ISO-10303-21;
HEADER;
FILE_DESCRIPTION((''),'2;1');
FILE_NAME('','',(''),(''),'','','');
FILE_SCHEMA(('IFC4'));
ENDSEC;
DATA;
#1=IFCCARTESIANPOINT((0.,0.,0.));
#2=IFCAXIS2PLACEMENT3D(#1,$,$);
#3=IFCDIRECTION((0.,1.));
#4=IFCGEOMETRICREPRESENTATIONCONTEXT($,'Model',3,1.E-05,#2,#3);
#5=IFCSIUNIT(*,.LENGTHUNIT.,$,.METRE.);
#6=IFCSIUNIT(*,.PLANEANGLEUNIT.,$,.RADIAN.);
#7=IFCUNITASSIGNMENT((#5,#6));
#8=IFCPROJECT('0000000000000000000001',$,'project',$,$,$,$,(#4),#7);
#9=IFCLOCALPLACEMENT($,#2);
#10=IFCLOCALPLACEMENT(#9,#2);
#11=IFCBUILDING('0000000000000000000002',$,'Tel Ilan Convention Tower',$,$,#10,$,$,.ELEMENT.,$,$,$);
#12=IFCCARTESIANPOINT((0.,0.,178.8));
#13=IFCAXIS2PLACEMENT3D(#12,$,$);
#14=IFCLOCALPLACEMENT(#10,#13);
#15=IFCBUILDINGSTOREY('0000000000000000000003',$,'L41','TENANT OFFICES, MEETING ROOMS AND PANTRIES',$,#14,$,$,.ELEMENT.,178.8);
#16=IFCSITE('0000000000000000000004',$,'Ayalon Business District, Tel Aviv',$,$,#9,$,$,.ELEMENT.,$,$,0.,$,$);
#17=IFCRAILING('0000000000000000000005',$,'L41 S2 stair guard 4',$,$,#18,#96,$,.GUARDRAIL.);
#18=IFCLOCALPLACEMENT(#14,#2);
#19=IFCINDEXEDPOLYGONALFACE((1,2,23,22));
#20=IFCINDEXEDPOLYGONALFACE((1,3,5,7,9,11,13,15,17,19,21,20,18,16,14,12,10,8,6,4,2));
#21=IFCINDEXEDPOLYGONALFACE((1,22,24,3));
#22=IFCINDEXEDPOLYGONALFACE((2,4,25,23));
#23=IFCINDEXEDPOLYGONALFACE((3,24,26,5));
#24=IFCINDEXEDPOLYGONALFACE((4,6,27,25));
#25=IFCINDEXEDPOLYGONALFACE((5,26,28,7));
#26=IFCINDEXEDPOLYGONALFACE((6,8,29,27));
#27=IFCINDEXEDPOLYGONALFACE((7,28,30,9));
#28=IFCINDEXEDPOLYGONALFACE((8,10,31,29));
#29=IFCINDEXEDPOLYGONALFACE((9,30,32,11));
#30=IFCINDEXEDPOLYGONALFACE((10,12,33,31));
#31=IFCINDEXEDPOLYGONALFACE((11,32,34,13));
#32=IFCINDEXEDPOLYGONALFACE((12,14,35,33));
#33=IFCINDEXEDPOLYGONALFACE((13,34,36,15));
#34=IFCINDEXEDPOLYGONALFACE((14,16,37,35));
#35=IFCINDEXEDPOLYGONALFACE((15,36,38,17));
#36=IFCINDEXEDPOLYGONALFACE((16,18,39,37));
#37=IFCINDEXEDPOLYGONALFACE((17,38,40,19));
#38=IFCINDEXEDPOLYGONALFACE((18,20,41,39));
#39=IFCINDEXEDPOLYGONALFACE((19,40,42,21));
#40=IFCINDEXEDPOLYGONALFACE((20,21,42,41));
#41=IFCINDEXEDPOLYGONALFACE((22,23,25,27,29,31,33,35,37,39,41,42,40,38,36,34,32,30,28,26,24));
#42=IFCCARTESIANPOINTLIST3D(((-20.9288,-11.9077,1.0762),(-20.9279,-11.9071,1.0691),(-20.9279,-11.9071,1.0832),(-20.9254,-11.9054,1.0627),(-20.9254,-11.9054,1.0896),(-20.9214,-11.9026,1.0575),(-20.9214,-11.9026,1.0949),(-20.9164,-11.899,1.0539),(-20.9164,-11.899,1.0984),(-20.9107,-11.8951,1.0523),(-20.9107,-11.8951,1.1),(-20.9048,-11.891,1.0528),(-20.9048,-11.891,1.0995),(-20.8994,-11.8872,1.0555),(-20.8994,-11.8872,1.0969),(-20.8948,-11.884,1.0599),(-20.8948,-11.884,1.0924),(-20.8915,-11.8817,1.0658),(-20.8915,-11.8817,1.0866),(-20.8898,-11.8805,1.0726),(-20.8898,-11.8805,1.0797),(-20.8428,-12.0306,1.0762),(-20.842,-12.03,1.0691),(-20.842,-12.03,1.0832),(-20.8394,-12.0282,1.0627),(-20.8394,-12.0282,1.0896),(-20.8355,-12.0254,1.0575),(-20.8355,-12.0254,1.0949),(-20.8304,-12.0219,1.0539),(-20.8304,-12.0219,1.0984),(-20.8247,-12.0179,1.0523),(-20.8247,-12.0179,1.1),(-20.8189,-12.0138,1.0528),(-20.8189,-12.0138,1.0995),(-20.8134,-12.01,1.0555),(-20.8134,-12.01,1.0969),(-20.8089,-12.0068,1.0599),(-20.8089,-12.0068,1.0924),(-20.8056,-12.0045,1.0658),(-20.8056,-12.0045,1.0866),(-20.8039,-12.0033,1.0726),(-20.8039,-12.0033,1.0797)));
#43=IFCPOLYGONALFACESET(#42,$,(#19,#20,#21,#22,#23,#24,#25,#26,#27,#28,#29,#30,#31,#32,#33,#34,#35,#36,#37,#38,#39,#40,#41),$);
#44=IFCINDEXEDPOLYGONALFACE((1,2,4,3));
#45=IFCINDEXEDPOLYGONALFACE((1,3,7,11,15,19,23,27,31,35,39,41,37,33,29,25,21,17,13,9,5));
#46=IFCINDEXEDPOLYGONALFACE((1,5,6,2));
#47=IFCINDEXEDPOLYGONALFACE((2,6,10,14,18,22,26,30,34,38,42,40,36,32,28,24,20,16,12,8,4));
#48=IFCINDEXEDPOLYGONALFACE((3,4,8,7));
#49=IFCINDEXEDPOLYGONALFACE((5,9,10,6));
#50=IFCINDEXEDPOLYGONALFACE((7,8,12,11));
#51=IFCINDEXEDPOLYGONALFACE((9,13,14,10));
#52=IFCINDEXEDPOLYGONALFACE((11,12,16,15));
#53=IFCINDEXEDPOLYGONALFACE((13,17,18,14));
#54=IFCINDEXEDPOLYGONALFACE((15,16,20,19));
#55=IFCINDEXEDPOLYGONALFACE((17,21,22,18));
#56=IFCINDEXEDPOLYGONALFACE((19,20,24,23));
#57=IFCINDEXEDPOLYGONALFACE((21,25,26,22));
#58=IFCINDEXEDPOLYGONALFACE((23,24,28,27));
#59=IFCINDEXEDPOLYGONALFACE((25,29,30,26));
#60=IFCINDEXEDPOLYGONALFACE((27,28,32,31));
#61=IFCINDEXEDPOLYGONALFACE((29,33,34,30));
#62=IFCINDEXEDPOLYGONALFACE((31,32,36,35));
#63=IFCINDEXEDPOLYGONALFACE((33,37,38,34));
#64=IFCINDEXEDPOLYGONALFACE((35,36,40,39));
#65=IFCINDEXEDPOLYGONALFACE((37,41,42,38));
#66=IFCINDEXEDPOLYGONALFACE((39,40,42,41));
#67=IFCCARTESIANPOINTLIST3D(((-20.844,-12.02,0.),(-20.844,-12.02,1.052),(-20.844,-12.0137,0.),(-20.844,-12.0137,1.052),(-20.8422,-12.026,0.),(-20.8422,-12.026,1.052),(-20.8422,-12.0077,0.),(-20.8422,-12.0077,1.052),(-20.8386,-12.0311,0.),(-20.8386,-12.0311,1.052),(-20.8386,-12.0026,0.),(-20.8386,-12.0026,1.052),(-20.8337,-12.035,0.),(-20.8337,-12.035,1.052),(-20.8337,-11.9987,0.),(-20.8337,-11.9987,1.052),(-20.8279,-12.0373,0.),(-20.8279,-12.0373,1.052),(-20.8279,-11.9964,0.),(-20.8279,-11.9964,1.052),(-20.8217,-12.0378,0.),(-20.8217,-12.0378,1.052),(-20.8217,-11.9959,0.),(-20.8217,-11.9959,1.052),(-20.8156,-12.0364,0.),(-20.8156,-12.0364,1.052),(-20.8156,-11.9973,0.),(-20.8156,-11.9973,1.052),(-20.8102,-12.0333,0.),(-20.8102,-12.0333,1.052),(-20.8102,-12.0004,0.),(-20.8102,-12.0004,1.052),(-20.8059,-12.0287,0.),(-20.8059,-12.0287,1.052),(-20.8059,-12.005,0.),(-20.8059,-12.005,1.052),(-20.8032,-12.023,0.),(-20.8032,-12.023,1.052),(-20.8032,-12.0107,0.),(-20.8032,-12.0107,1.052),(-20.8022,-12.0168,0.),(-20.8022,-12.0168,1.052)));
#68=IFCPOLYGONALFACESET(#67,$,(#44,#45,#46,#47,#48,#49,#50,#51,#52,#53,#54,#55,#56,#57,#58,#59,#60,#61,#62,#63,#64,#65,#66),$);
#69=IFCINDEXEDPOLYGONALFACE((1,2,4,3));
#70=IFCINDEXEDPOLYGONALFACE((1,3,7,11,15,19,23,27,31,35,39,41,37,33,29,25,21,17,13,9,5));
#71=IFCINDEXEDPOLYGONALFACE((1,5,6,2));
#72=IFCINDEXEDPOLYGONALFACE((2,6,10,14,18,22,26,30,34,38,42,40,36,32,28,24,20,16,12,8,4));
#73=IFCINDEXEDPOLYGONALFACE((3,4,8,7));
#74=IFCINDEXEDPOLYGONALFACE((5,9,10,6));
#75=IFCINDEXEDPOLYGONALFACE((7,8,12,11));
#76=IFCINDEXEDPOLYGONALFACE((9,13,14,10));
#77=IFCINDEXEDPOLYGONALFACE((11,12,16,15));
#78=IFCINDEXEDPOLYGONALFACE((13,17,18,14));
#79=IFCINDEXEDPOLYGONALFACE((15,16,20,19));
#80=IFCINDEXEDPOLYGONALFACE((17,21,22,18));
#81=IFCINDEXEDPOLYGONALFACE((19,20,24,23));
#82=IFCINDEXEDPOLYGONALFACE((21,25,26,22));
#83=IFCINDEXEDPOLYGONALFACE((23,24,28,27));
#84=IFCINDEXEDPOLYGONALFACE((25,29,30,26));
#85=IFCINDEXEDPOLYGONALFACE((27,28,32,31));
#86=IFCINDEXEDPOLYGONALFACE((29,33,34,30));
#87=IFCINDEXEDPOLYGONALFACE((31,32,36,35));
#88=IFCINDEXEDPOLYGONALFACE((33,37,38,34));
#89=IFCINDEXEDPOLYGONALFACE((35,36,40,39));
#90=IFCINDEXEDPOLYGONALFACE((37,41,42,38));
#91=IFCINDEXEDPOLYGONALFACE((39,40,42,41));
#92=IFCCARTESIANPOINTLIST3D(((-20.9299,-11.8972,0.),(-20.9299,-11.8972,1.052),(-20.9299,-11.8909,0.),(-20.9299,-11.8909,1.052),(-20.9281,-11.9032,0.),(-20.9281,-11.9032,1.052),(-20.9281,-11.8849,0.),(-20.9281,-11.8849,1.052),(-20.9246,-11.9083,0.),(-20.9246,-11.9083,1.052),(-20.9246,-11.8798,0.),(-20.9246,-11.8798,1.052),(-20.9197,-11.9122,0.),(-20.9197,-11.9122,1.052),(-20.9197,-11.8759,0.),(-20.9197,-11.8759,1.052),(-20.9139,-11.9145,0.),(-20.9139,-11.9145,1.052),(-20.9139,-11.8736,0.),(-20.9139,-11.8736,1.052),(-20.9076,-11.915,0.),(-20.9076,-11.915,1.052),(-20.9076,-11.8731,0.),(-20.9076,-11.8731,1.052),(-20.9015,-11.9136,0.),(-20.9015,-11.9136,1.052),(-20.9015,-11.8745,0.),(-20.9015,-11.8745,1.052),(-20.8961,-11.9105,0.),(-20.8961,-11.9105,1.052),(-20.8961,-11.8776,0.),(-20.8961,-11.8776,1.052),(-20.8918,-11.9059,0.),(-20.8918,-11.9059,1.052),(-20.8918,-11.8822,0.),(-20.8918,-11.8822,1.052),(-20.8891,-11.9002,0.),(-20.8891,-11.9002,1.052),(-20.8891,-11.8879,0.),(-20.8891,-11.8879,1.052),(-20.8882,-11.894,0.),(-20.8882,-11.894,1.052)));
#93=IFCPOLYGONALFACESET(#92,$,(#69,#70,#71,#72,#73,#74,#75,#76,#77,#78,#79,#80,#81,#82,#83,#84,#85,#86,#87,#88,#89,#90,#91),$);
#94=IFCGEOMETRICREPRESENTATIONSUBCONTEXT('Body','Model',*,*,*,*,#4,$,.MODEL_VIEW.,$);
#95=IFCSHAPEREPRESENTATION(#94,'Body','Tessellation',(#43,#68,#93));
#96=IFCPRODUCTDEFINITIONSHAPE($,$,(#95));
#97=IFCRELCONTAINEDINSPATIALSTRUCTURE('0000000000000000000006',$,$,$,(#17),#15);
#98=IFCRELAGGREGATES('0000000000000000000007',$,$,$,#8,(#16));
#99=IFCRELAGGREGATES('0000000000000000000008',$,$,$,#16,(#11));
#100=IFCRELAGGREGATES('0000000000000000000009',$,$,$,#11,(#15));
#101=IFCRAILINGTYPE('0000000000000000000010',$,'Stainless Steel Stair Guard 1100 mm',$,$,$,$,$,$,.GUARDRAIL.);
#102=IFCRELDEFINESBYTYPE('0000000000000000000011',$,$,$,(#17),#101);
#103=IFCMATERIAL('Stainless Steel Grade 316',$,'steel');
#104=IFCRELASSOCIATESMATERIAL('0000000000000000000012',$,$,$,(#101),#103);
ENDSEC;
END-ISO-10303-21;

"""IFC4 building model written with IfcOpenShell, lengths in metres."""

from ifc_helpers import new_model, si_unit, direction, frame, origin, origin_2d, place, context, subcontext, project, spatial, circle, extrude, material, type_object, element, save


model = new_model("IFC4")

# Units and contexts
model_context = context("Model", 3, precision=1e-05, world=origin(), true_north=direction((0.0, 1.0)))
body_context = subcontext(model_context, "Body", "Model", "MODEL_VIEW")
ifc_project = project(units=[si_unit("LENGTHUNIT", "METRE"), si_unit("PLANEANGLEUNIT", "RADIAN")], contexts=[model_context])

# Site, building, storey
site_placement = place(None, origin())
site = spatial("IfcSite", under=ifc_project, at=site_placement, Name="Ayalon Business District, Tel Aviv", CompositionType="ELEMENT", RefElevation=0.0)
building_placement = place(site_placement, origin())
building = spatial("IfcBuilding", under=site, at=building_placement, Name="Tel Ilan Convention Tower", CompositionType="ELEMENT")
storey_placement = place(building_placement, frame((0.0, 0.0, 178.8)))
storey = spatial("IfcBuildingStorey", under=building, at=storey_placement, Name="L41", Description="TENANT OFFICES, MEETING ROOMS AND PANTRIES", CompositionType="ELEMENT", Elevation=178.8)

# Railing
ifc_material_1 = material(Name="Stainless Steel Grade 316", Category="steel")
railing_type_1 = type_object("IfcRailingType", Name="Stainless Steel Stair Guard 1100 mm", PredefinedType="GUARDRAIL", material=ifc_material_1)
railing_1_placement = place(storey_placement, frame((-20.8232, -12.0168, 0.0)))
element("IfcRailing", 1, at=railing_1_placement, inside=storey, type_object=railing_type_1, Name="L41 S2 stair guard 4", PredefinedType="GUARDRAIL", context=body_context, shape_type="SweptSolid", body=[
    extrude(circle(Radius=0.0239, at=origin_2d()), frame((0.0, 0.0, 1.0762), z_axis=(-0.573353, 0.819308, 0.0), x_axis=(-0.819308, -0.573353, 0.0)), (0.0, 0.0, 1.0), 0.1499),
    extrude(circle(Radius=0.021, at=origin_2d()), origin(), (0.0, 0.0, 1.0), 1.052),
    extrude(circle(Radius=0.021, at=origin_2d()), frame((-0.0859, 0.1228, 0.0)), (0.0, 0.0, 1.0), 1.052),
])

save(model, "model.ifc")
